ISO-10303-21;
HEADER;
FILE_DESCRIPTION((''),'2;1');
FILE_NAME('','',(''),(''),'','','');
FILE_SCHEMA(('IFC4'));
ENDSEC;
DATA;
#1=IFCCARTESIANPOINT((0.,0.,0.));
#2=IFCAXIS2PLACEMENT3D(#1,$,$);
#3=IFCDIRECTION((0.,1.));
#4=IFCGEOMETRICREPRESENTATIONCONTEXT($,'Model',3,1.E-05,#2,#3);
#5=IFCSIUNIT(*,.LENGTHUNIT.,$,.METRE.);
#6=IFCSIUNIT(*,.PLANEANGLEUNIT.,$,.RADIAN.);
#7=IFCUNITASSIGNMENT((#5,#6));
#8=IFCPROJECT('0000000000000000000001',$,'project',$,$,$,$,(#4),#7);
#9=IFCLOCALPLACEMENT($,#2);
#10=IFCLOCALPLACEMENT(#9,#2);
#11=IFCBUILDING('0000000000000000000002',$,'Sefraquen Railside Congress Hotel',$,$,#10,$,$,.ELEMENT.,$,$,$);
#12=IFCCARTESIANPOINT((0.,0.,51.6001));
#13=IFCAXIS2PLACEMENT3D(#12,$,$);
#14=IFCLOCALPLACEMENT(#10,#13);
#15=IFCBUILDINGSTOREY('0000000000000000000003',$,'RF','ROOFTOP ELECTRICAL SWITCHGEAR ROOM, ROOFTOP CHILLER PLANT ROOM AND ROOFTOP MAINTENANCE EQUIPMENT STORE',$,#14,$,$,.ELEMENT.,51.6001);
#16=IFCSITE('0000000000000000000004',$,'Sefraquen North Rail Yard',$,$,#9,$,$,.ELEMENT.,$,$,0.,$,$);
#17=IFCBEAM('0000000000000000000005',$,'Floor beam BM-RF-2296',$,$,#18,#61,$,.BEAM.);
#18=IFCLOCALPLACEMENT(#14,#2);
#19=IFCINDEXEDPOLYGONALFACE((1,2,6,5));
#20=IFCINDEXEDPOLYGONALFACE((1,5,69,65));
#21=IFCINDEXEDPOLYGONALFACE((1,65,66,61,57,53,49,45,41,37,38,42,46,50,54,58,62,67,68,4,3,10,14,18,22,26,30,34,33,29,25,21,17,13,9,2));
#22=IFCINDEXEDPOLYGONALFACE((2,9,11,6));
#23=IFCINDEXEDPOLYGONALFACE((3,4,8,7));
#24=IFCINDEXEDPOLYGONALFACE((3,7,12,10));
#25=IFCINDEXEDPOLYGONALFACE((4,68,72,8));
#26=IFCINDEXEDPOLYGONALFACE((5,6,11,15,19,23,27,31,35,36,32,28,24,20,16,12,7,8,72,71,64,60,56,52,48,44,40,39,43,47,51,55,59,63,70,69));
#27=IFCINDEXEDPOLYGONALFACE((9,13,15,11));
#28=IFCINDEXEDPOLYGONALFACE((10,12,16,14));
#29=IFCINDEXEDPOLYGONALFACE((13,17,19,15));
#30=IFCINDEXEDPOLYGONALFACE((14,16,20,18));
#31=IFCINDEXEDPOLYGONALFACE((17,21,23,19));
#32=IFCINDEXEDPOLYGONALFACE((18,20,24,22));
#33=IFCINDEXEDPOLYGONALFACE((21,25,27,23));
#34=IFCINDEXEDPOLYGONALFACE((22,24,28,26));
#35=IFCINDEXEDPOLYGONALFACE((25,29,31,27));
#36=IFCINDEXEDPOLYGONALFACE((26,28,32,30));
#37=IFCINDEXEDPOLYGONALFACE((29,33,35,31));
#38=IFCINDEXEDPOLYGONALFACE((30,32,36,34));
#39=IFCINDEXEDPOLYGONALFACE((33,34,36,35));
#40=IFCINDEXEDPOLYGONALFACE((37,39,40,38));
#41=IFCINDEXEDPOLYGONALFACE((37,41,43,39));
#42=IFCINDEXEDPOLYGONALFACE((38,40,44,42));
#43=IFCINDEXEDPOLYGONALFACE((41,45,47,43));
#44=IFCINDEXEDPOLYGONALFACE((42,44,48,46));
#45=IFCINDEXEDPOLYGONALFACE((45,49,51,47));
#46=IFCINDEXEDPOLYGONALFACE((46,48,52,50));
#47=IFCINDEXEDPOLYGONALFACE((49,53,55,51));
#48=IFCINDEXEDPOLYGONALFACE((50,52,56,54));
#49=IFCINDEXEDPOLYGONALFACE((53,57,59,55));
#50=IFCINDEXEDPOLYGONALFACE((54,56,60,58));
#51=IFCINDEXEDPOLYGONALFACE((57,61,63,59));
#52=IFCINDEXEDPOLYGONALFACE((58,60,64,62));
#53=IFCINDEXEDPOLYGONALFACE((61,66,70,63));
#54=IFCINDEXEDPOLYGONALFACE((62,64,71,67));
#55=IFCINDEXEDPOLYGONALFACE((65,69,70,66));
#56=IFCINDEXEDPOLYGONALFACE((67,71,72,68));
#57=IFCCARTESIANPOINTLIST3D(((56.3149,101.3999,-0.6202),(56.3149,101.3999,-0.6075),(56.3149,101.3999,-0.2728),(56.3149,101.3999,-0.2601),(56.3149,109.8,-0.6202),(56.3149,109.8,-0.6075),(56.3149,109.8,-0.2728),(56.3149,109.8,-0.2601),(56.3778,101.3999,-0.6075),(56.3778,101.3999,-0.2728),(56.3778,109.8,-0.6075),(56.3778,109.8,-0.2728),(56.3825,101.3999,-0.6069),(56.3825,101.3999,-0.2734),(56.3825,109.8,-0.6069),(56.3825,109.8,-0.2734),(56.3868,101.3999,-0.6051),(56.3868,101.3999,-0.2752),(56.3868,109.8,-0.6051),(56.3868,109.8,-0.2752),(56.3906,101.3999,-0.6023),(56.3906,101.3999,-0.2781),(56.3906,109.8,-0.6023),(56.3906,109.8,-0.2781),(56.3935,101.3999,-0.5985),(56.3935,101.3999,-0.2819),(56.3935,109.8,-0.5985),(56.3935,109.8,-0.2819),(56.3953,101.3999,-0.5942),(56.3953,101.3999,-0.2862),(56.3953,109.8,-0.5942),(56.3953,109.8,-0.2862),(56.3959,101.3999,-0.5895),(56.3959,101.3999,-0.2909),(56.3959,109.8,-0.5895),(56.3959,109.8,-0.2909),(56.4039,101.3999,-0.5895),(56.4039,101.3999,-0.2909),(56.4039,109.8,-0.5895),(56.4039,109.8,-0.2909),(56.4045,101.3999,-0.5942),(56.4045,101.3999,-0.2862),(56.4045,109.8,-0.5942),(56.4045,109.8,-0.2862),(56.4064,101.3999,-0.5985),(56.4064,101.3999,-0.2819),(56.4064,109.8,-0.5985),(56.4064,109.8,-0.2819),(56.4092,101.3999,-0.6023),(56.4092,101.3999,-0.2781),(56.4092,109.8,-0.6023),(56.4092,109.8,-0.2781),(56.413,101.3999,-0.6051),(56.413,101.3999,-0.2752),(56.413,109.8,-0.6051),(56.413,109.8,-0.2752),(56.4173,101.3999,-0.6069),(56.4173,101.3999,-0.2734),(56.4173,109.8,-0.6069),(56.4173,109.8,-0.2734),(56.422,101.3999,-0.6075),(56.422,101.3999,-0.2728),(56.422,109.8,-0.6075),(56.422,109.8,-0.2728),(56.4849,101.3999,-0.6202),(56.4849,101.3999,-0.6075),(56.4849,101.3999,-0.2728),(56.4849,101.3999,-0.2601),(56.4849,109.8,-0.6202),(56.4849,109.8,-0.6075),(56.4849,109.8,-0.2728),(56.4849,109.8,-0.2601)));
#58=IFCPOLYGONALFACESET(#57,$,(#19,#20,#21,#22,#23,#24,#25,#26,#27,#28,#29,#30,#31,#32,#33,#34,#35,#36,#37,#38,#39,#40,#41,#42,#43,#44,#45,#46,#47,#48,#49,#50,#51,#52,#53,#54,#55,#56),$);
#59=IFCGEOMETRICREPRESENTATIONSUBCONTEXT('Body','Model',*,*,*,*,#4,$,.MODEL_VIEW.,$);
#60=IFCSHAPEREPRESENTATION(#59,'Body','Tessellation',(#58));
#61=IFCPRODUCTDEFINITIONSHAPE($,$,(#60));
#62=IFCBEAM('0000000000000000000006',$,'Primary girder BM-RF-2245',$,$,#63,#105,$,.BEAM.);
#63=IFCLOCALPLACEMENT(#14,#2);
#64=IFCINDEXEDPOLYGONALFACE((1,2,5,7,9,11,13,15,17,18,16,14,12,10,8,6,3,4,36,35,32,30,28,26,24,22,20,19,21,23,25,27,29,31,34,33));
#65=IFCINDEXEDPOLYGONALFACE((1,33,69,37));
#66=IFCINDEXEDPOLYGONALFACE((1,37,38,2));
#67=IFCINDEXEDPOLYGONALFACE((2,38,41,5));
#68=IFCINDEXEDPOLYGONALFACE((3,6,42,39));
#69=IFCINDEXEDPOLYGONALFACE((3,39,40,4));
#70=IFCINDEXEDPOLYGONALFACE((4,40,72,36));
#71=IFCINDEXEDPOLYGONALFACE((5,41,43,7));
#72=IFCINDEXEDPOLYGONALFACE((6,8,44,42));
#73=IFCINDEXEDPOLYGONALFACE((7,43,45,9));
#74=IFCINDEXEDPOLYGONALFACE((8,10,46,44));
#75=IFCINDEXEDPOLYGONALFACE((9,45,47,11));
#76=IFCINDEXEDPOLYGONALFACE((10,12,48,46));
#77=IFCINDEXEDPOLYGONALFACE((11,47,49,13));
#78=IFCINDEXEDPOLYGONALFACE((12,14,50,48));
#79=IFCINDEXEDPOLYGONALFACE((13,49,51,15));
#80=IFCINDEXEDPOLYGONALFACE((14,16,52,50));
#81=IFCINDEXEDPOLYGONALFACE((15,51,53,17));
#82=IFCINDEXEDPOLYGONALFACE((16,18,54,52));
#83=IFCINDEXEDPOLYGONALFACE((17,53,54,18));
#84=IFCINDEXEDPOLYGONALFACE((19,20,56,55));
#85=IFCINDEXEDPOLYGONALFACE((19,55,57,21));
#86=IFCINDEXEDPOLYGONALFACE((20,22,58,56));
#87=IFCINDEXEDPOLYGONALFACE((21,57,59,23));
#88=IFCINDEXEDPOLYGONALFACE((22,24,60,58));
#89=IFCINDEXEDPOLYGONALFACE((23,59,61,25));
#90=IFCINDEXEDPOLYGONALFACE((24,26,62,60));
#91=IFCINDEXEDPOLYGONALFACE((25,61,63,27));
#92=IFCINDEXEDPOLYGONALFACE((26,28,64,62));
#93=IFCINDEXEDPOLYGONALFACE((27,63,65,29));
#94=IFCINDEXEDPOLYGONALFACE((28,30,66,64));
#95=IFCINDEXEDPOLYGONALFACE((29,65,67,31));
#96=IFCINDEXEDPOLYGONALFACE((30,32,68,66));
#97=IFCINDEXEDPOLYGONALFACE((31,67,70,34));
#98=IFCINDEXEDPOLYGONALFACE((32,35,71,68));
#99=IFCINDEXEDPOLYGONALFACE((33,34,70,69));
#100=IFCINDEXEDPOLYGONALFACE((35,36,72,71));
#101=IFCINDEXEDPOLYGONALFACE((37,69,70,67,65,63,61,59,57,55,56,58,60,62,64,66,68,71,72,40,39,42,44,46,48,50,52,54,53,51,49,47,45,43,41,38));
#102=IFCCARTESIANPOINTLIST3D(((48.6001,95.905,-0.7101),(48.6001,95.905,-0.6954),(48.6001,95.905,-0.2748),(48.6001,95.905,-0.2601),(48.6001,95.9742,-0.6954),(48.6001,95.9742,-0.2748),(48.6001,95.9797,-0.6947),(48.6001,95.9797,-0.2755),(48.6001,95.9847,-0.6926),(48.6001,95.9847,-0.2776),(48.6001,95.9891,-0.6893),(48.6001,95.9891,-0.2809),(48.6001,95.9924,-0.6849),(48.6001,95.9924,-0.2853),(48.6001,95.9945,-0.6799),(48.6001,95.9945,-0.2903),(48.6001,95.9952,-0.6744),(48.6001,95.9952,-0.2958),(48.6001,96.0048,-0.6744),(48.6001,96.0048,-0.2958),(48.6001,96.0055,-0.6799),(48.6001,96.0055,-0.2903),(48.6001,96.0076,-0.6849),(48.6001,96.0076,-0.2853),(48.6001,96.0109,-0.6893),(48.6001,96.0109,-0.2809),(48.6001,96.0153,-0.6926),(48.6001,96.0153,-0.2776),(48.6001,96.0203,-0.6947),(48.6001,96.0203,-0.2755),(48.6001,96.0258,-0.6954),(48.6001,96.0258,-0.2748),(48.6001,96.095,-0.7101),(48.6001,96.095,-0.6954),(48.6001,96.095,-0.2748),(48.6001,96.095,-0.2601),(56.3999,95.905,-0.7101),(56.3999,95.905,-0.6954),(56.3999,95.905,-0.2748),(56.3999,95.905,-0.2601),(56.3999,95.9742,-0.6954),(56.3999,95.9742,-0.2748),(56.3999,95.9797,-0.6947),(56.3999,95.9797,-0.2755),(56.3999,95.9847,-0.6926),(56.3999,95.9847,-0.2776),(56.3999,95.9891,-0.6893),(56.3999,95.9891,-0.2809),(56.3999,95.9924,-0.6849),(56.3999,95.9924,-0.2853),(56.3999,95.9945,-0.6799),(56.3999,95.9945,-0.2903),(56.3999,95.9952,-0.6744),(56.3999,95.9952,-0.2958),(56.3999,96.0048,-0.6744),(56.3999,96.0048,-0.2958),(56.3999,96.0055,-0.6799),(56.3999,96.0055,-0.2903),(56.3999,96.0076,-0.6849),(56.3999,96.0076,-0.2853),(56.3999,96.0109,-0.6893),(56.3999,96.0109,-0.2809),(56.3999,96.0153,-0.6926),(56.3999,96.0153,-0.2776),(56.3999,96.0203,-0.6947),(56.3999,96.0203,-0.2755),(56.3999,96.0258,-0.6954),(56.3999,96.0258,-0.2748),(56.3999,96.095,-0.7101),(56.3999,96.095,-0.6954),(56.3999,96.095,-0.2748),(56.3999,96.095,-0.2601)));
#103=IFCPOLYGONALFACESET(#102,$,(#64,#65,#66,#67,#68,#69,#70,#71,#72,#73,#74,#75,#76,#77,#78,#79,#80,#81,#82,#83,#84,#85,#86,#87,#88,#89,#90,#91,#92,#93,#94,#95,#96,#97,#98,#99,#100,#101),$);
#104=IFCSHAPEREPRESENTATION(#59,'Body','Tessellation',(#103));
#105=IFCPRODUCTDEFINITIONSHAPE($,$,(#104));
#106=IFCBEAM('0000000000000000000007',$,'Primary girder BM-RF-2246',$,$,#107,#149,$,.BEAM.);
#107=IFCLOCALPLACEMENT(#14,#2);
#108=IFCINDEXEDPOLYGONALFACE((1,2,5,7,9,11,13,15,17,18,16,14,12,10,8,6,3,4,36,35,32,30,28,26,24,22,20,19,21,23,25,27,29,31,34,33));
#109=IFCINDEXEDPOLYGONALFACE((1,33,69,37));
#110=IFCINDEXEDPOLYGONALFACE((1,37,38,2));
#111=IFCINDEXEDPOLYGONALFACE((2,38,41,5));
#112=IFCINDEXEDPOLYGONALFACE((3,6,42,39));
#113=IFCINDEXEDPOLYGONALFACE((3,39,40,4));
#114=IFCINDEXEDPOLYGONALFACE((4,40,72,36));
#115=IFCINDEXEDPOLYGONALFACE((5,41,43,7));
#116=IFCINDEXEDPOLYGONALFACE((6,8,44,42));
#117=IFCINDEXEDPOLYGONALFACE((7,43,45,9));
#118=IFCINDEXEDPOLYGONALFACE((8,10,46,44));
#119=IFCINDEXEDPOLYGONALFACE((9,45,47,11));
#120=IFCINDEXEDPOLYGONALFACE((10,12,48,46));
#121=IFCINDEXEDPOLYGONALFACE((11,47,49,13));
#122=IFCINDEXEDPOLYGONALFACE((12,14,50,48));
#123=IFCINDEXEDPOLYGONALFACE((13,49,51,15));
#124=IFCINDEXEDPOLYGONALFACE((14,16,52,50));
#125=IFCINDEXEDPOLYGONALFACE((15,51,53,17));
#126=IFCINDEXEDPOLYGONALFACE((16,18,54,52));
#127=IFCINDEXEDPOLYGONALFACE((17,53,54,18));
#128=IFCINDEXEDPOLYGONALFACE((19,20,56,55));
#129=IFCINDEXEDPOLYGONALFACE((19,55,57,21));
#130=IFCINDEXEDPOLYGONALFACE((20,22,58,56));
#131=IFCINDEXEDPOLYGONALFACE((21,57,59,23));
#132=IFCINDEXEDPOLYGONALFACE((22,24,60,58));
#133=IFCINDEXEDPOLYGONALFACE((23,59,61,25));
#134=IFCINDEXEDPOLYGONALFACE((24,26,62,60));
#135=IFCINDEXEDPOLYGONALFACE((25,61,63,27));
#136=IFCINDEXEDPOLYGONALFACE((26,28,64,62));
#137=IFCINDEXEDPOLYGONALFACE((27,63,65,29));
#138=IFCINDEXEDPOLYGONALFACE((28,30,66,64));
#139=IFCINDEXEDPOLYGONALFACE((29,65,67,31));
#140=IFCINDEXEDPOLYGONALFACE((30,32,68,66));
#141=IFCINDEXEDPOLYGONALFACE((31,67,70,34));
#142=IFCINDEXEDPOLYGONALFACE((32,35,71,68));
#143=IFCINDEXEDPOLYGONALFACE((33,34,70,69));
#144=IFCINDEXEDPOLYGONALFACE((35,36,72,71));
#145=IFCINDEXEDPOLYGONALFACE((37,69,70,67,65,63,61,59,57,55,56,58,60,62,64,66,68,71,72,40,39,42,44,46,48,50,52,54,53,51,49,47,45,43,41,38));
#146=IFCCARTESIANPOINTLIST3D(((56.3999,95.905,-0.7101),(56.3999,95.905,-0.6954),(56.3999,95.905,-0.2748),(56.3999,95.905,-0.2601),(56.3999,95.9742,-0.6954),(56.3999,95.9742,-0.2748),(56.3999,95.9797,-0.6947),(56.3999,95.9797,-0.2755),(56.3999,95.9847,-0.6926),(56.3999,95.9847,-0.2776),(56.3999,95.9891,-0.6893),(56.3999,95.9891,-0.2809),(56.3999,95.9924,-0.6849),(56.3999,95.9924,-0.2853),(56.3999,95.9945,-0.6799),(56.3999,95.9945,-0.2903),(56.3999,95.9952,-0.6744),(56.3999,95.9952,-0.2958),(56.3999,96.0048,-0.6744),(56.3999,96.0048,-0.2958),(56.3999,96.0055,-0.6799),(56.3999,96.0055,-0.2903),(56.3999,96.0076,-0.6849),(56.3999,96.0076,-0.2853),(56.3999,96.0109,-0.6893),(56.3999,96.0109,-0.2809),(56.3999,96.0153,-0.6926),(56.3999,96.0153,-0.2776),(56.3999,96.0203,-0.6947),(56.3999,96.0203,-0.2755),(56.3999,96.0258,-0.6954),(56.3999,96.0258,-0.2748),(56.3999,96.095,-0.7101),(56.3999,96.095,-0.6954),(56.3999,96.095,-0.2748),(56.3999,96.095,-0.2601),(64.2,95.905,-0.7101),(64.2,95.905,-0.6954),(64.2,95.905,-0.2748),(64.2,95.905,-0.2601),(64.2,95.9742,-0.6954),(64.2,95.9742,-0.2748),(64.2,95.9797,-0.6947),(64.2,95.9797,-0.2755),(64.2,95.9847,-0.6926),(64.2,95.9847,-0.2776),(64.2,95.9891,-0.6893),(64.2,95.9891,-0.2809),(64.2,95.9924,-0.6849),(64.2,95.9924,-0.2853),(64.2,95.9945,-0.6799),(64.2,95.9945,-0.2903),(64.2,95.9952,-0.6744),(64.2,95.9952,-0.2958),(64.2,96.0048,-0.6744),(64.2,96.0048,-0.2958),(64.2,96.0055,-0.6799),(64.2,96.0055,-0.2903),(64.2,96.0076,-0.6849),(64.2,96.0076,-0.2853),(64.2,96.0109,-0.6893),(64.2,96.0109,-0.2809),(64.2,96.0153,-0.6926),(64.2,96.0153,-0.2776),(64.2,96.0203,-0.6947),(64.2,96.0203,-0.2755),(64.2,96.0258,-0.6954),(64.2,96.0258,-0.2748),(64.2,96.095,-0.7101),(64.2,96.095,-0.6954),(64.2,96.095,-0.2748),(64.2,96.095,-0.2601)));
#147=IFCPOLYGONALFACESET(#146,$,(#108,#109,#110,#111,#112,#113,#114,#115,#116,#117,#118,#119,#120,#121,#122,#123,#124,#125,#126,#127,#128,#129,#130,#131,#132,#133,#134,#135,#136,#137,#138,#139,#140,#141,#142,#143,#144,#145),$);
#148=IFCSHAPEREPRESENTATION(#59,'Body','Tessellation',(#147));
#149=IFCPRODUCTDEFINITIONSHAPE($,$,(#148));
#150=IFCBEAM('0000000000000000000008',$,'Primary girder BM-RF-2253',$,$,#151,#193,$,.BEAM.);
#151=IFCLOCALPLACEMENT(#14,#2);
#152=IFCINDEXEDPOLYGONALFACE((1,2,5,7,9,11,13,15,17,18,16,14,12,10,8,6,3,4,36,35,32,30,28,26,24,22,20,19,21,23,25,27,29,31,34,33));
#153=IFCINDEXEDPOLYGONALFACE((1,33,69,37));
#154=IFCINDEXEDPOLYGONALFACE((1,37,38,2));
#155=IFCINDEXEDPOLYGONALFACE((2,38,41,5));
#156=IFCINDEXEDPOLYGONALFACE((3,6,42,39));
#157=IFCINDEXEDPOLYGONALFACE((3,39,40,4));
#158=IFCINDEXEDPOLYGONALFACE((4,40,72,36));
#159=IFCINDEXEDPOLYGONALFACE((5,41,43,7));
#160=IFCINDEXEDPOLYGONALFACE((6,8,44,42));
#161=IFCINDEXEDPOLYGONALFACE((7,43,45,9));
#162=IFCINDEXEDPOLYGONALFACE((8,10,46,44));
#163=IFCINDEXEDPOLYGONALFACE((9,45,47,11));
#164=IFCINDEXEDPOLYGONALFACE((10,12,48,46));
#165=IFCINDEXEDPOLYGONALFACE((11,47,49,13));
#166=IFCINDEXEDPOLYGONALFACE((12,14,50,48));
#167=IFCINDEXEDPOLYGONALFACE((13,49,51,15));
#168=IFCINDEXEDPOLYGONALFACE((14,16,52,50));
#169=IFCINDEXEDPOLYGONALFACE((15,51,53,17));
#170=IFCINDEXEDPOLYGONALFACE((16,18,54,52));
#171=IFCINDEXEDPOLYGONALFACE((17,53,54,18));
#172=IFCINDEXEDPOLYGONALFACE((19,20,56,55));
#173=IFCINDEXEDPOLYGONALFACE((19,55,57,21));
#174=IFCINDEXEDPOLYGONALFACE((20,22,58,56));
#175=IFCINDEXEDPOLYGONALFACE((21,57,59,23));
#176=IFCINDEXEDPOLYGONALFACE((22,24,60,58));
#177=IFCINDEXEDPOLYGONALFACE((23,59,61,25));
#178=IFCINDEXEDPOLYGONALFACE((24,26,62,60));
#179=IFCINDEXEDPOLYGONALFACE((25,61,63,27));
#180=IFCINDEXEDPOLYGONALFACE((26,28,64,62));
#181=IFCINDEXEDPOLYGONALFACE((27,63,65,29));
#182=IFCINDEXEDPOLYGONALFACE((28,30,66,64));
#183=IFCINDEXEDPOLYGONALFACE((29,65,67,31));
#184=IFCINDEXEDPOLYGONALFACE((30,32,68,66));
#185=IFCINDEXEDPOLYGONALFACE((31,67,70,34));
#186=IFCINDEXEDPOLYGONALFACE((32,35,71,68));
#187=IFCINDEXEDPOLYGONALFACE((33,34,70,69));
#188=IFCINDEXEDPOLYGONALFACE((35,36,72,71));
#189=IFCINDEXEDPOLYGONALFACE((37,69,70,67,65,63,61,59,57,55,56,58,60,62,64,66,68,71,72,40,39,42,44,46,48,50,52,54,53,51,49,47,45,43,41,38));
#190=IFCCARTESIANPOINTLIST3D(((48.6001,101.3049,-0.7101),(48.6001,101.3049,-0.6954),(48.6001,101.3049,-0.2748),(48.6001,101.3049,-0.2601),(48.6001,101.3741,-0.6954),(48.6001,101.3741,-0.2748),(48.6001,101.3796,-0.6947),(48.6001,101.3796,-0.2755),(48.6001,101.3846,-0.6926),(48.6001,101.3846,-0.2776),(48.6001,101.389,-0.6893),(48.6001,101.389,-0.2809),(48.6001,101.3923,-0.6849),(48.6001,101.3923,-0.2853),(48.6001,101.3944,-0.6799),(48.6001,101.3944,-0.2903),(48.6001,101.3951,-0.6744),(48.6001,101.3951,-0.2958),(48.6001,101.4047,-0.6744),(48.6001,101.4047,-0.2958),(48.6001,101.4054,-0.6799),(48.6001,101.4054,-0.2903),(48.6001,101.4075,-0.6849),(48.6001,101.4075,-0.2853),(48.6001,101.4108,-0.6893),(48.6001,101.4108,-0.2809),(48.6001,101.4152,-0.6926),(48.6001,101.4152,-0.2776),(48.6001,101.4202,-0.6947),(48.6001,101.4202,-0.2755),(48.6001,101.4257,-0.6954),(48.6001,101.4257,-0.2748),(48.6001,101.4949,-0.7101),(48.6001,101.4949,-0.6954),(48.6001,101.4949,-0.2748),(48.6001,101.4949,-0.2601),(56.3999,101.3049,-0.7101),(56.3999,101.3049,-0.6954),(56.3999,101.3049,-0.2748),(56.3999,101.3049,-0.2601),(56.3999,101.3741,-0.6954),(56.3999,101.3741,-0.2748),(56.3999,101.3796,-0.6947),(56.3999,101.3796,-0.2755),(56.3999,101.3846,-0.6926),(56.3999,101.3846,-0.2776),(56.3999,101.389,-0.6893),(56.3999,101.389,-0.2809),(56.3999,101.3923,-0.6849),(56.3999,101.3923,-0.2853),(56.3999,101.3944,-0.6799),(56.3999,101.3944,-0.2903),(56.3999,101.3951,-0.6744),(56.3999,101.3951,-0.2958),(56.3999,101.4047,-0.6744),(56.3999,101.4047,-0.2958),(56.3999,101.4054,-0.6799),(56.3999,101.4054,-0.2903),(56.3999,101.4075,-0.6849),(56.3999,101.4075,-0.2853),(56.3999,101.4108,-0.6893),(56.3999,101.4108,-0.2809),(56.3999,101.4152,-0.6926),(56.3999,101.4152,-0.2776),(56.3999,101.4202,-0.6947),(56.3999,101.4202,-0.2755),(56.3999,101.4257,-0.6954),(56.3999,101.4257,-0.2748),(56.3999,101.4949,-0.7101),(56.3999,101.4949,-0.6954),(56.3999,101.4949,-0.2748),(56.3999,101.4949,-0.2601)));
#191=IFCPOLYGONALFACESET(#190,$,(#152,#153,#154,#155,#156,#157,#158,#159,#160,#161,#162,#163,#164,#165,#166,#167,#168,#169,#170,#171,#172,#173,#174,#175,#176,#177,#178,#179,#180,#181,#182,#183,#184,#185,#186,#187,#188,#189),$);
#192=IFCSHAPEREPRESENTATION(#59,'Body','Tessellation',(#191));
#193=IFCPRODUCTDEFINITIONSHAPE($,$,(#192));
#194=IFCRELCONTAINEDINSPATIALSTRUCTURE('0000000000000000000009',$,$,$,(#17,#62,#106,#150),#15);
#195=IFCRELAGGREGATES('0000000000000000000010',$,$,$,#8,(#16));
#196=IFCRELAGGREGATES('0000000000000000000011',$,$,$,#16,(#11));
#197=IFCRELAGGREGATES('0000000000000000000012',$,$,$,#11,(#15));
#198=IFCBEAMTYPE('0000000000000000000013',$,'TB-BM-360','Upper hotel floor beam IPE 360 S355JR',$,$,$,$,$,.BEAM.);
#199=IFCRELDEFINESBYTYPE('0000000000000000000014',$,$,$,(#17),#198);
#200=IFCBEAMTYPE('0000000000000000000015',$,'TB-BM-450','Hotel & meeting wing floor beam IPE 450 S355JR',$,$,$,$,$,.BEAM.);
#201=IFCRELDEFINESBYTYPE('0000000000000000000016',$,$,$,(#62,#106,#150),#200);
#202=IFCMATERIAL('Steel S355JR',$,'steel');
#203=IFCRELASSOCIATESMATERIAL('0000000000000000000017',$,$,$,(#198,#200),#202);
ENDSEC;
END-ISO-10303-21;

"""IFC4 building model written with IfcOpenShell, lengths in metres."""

from ifc_helpers import new_model, si_unit, direction, frame, origin, origin_2d, place, context, subcontext, project, spatial, i_section, extrude, material, material_profile, profile_set, type_object, element, save


model = new_model("IFC4")

# Units and contexts
model_context = context("Model", 3, precision=1e-05, world=origin(), true_north=direction((0.0, 1.0)))
body_context = subcontext(model_context, "Body", "Model", "MODEL_VIEW")
ifc_project = project(units=[si_unit("LENGTHUNIT", "METRE"), si_unit("PLANEANGLEUNIT", "RADIAN")], contexts=[model_context])

# Site, building, storey
site_placement = place(None, origin())
site = spatial("IfcSite", under=ifc_project, at=site_placement, Name="Sefraquen North Rail Yard", CompositionType="ELEMENT", RefElevation=0.0)
building_placement = place(site_placement, origin())
building = spatial("IfcBuilding", under=site, at=building_placement, Name="Sefraquen Railside Congress Hotel", CompositionType="ELEMENT")
storey_placement = place(building_placement, frame((0.0, 0.0, 51.6001)))
storey = spatial("IfcBuildingStorey", under=building, at=storey_placement, Name="RF", Description="ROOFTOP ELECTRICAL SWITCHGEAR ROOM, ROOFTOP CHILLER PLANT ROOM AND ROOFTOP MAINTENANCE EQUIPMENT STORE", CompositionType="ELEMENT", Elevation=51.6001)

# Beams
ifc_material_1 = material(Name="Steel S355JR", Category="steel")
ifc_material_profile_1 = material_profile(ifc_material_1, i_section(OverallWidth=0.1699, OverallDepth=0.3601, WebThickness=0.0081, FlangeThickness=0.0127, FilletRadius=0.0181, at=origin_2d()), Name="IPE 360")
ifc_profile_set_1 = profile_set([ifc_material_profile_1], Name="Steel S355JR")
beam_type_1 = type_object("IfcBeamType", Name="TB-BM-360", Description="Upper hotel floor beam IPE 360 S355JR", PredefinedType="BEAM", material=ifc_profile_set_1)
beam_1_placement = place(storey_placement, frame((56.3999, 101.3999, -0.4402), z_axis=(0.0, 1.0, 0.0), x_axis=(-1.0, 0.0, 0.0)))
element("IfcBeam", 1, at=beam_1_placement, inside=storey, type_object=beam_type_1, Name="Floor beam BM-RF-2296", PredefinedType="BEAM", context=body_context, shape_type="SweptSolid", body=[
    extrude(i_section(OverallWidth=0.1699, OverallDepth=0.3601, WebThickness=0.0081, FlangeThickness=0.0127, FilletRadius=0.0181, at=origin_2d()), origin(), (0.0, 0.0, 1.0), 8.4001),
])
ifc_material_profile_2 = material_profile(ifc_material_1, i_section(OverallWidth=0.1899, OverallDepth=0.45, WebThickness=0.0095, FlangeThickness=0.0146, FilletRadius=0.021, at=origin_2d()), Name="IPE 450")
ifc_profile_set_2 = profile_set([ifc_material_profile_2], Name="Steel S355JR")
beam_type_2 = type_object("IfcBeamType", Name="TB-BM-450", Description="Hotel & meeting wing floor beam IPE 450 S355JR", PredefinedType="BEAM", material=ifc_profile_set_2)
beam_2_placement = place(storey_placement, frame((48.6001, 96.0, -0.4851), z_axis=(1.0, 0.0, 0.0), x_axis=(0.0, 1.0, 0.0)))
element("IfcBeam", 2, at=beam_2_placement, inside=storey, type_object=beam_type_2, Name="Primary girder BM-RF-2245", PredefinedType="BEAM", context=body_context, shape_type="SweptSolid", body=[
    extrude(i_section(OverallWidth=0.1899, OverallDepth=0.45, WebThickness=0.0095, FlangeThickness=0.0146, FilletRadius=0.021, at=origin_2d()), origin(), (0.0, 0.0, 1.0), 7.7998),
])
beam_3_placement = place(storey_placement, frame((56.3999, 96.0, -0.4851), z_axis=(1.0, 0.0, 0.0), x_axis=(0.0, 1.0, 0.0)))
element("IfcBeam", 3, at=beam_3_placement, inside=storey, type_object=beam_type_2, Name="Primary girder BM-RF-2246", PredefinedType="BEAM", context=body_context, shape_type="SweptSolid", body=[
    extrude(i_section(OverallWidth=0.1899, OverallDepth=0.45, WebThickness=0.0095, FlangeThickness=0.0146, FilletRadius=0.021, at=origin_2d()), origin(), (0.0, 0.0, 1.0), 7.8),
])
beam_4_placement = place(storey_placement, frame((48.6001, 101.3999, -0.4851), z_axis=(1.0, 0.0, 0.0), x_axis=(0.0, 1.0, 0.0)))
element("IfcBeam", 4, at=beam_4_placement, inside=storey, type_object=beam_type_2, Name="Primary girder BM-RF-2253", PredefinedType="BEAM", context=body_context, shape_type="SweptSolid", body=[
    extrude(i_section(OverallWidth=0.1899, OverallDepth=0.45, WebThickness=0.0095, FlangeThickness=0.0146, FilletRadius=0.021, at=origin_2d()), origin(), (0.0, 0.0, 1.0), 7.7998),
])

save(model, "model.ifc")
